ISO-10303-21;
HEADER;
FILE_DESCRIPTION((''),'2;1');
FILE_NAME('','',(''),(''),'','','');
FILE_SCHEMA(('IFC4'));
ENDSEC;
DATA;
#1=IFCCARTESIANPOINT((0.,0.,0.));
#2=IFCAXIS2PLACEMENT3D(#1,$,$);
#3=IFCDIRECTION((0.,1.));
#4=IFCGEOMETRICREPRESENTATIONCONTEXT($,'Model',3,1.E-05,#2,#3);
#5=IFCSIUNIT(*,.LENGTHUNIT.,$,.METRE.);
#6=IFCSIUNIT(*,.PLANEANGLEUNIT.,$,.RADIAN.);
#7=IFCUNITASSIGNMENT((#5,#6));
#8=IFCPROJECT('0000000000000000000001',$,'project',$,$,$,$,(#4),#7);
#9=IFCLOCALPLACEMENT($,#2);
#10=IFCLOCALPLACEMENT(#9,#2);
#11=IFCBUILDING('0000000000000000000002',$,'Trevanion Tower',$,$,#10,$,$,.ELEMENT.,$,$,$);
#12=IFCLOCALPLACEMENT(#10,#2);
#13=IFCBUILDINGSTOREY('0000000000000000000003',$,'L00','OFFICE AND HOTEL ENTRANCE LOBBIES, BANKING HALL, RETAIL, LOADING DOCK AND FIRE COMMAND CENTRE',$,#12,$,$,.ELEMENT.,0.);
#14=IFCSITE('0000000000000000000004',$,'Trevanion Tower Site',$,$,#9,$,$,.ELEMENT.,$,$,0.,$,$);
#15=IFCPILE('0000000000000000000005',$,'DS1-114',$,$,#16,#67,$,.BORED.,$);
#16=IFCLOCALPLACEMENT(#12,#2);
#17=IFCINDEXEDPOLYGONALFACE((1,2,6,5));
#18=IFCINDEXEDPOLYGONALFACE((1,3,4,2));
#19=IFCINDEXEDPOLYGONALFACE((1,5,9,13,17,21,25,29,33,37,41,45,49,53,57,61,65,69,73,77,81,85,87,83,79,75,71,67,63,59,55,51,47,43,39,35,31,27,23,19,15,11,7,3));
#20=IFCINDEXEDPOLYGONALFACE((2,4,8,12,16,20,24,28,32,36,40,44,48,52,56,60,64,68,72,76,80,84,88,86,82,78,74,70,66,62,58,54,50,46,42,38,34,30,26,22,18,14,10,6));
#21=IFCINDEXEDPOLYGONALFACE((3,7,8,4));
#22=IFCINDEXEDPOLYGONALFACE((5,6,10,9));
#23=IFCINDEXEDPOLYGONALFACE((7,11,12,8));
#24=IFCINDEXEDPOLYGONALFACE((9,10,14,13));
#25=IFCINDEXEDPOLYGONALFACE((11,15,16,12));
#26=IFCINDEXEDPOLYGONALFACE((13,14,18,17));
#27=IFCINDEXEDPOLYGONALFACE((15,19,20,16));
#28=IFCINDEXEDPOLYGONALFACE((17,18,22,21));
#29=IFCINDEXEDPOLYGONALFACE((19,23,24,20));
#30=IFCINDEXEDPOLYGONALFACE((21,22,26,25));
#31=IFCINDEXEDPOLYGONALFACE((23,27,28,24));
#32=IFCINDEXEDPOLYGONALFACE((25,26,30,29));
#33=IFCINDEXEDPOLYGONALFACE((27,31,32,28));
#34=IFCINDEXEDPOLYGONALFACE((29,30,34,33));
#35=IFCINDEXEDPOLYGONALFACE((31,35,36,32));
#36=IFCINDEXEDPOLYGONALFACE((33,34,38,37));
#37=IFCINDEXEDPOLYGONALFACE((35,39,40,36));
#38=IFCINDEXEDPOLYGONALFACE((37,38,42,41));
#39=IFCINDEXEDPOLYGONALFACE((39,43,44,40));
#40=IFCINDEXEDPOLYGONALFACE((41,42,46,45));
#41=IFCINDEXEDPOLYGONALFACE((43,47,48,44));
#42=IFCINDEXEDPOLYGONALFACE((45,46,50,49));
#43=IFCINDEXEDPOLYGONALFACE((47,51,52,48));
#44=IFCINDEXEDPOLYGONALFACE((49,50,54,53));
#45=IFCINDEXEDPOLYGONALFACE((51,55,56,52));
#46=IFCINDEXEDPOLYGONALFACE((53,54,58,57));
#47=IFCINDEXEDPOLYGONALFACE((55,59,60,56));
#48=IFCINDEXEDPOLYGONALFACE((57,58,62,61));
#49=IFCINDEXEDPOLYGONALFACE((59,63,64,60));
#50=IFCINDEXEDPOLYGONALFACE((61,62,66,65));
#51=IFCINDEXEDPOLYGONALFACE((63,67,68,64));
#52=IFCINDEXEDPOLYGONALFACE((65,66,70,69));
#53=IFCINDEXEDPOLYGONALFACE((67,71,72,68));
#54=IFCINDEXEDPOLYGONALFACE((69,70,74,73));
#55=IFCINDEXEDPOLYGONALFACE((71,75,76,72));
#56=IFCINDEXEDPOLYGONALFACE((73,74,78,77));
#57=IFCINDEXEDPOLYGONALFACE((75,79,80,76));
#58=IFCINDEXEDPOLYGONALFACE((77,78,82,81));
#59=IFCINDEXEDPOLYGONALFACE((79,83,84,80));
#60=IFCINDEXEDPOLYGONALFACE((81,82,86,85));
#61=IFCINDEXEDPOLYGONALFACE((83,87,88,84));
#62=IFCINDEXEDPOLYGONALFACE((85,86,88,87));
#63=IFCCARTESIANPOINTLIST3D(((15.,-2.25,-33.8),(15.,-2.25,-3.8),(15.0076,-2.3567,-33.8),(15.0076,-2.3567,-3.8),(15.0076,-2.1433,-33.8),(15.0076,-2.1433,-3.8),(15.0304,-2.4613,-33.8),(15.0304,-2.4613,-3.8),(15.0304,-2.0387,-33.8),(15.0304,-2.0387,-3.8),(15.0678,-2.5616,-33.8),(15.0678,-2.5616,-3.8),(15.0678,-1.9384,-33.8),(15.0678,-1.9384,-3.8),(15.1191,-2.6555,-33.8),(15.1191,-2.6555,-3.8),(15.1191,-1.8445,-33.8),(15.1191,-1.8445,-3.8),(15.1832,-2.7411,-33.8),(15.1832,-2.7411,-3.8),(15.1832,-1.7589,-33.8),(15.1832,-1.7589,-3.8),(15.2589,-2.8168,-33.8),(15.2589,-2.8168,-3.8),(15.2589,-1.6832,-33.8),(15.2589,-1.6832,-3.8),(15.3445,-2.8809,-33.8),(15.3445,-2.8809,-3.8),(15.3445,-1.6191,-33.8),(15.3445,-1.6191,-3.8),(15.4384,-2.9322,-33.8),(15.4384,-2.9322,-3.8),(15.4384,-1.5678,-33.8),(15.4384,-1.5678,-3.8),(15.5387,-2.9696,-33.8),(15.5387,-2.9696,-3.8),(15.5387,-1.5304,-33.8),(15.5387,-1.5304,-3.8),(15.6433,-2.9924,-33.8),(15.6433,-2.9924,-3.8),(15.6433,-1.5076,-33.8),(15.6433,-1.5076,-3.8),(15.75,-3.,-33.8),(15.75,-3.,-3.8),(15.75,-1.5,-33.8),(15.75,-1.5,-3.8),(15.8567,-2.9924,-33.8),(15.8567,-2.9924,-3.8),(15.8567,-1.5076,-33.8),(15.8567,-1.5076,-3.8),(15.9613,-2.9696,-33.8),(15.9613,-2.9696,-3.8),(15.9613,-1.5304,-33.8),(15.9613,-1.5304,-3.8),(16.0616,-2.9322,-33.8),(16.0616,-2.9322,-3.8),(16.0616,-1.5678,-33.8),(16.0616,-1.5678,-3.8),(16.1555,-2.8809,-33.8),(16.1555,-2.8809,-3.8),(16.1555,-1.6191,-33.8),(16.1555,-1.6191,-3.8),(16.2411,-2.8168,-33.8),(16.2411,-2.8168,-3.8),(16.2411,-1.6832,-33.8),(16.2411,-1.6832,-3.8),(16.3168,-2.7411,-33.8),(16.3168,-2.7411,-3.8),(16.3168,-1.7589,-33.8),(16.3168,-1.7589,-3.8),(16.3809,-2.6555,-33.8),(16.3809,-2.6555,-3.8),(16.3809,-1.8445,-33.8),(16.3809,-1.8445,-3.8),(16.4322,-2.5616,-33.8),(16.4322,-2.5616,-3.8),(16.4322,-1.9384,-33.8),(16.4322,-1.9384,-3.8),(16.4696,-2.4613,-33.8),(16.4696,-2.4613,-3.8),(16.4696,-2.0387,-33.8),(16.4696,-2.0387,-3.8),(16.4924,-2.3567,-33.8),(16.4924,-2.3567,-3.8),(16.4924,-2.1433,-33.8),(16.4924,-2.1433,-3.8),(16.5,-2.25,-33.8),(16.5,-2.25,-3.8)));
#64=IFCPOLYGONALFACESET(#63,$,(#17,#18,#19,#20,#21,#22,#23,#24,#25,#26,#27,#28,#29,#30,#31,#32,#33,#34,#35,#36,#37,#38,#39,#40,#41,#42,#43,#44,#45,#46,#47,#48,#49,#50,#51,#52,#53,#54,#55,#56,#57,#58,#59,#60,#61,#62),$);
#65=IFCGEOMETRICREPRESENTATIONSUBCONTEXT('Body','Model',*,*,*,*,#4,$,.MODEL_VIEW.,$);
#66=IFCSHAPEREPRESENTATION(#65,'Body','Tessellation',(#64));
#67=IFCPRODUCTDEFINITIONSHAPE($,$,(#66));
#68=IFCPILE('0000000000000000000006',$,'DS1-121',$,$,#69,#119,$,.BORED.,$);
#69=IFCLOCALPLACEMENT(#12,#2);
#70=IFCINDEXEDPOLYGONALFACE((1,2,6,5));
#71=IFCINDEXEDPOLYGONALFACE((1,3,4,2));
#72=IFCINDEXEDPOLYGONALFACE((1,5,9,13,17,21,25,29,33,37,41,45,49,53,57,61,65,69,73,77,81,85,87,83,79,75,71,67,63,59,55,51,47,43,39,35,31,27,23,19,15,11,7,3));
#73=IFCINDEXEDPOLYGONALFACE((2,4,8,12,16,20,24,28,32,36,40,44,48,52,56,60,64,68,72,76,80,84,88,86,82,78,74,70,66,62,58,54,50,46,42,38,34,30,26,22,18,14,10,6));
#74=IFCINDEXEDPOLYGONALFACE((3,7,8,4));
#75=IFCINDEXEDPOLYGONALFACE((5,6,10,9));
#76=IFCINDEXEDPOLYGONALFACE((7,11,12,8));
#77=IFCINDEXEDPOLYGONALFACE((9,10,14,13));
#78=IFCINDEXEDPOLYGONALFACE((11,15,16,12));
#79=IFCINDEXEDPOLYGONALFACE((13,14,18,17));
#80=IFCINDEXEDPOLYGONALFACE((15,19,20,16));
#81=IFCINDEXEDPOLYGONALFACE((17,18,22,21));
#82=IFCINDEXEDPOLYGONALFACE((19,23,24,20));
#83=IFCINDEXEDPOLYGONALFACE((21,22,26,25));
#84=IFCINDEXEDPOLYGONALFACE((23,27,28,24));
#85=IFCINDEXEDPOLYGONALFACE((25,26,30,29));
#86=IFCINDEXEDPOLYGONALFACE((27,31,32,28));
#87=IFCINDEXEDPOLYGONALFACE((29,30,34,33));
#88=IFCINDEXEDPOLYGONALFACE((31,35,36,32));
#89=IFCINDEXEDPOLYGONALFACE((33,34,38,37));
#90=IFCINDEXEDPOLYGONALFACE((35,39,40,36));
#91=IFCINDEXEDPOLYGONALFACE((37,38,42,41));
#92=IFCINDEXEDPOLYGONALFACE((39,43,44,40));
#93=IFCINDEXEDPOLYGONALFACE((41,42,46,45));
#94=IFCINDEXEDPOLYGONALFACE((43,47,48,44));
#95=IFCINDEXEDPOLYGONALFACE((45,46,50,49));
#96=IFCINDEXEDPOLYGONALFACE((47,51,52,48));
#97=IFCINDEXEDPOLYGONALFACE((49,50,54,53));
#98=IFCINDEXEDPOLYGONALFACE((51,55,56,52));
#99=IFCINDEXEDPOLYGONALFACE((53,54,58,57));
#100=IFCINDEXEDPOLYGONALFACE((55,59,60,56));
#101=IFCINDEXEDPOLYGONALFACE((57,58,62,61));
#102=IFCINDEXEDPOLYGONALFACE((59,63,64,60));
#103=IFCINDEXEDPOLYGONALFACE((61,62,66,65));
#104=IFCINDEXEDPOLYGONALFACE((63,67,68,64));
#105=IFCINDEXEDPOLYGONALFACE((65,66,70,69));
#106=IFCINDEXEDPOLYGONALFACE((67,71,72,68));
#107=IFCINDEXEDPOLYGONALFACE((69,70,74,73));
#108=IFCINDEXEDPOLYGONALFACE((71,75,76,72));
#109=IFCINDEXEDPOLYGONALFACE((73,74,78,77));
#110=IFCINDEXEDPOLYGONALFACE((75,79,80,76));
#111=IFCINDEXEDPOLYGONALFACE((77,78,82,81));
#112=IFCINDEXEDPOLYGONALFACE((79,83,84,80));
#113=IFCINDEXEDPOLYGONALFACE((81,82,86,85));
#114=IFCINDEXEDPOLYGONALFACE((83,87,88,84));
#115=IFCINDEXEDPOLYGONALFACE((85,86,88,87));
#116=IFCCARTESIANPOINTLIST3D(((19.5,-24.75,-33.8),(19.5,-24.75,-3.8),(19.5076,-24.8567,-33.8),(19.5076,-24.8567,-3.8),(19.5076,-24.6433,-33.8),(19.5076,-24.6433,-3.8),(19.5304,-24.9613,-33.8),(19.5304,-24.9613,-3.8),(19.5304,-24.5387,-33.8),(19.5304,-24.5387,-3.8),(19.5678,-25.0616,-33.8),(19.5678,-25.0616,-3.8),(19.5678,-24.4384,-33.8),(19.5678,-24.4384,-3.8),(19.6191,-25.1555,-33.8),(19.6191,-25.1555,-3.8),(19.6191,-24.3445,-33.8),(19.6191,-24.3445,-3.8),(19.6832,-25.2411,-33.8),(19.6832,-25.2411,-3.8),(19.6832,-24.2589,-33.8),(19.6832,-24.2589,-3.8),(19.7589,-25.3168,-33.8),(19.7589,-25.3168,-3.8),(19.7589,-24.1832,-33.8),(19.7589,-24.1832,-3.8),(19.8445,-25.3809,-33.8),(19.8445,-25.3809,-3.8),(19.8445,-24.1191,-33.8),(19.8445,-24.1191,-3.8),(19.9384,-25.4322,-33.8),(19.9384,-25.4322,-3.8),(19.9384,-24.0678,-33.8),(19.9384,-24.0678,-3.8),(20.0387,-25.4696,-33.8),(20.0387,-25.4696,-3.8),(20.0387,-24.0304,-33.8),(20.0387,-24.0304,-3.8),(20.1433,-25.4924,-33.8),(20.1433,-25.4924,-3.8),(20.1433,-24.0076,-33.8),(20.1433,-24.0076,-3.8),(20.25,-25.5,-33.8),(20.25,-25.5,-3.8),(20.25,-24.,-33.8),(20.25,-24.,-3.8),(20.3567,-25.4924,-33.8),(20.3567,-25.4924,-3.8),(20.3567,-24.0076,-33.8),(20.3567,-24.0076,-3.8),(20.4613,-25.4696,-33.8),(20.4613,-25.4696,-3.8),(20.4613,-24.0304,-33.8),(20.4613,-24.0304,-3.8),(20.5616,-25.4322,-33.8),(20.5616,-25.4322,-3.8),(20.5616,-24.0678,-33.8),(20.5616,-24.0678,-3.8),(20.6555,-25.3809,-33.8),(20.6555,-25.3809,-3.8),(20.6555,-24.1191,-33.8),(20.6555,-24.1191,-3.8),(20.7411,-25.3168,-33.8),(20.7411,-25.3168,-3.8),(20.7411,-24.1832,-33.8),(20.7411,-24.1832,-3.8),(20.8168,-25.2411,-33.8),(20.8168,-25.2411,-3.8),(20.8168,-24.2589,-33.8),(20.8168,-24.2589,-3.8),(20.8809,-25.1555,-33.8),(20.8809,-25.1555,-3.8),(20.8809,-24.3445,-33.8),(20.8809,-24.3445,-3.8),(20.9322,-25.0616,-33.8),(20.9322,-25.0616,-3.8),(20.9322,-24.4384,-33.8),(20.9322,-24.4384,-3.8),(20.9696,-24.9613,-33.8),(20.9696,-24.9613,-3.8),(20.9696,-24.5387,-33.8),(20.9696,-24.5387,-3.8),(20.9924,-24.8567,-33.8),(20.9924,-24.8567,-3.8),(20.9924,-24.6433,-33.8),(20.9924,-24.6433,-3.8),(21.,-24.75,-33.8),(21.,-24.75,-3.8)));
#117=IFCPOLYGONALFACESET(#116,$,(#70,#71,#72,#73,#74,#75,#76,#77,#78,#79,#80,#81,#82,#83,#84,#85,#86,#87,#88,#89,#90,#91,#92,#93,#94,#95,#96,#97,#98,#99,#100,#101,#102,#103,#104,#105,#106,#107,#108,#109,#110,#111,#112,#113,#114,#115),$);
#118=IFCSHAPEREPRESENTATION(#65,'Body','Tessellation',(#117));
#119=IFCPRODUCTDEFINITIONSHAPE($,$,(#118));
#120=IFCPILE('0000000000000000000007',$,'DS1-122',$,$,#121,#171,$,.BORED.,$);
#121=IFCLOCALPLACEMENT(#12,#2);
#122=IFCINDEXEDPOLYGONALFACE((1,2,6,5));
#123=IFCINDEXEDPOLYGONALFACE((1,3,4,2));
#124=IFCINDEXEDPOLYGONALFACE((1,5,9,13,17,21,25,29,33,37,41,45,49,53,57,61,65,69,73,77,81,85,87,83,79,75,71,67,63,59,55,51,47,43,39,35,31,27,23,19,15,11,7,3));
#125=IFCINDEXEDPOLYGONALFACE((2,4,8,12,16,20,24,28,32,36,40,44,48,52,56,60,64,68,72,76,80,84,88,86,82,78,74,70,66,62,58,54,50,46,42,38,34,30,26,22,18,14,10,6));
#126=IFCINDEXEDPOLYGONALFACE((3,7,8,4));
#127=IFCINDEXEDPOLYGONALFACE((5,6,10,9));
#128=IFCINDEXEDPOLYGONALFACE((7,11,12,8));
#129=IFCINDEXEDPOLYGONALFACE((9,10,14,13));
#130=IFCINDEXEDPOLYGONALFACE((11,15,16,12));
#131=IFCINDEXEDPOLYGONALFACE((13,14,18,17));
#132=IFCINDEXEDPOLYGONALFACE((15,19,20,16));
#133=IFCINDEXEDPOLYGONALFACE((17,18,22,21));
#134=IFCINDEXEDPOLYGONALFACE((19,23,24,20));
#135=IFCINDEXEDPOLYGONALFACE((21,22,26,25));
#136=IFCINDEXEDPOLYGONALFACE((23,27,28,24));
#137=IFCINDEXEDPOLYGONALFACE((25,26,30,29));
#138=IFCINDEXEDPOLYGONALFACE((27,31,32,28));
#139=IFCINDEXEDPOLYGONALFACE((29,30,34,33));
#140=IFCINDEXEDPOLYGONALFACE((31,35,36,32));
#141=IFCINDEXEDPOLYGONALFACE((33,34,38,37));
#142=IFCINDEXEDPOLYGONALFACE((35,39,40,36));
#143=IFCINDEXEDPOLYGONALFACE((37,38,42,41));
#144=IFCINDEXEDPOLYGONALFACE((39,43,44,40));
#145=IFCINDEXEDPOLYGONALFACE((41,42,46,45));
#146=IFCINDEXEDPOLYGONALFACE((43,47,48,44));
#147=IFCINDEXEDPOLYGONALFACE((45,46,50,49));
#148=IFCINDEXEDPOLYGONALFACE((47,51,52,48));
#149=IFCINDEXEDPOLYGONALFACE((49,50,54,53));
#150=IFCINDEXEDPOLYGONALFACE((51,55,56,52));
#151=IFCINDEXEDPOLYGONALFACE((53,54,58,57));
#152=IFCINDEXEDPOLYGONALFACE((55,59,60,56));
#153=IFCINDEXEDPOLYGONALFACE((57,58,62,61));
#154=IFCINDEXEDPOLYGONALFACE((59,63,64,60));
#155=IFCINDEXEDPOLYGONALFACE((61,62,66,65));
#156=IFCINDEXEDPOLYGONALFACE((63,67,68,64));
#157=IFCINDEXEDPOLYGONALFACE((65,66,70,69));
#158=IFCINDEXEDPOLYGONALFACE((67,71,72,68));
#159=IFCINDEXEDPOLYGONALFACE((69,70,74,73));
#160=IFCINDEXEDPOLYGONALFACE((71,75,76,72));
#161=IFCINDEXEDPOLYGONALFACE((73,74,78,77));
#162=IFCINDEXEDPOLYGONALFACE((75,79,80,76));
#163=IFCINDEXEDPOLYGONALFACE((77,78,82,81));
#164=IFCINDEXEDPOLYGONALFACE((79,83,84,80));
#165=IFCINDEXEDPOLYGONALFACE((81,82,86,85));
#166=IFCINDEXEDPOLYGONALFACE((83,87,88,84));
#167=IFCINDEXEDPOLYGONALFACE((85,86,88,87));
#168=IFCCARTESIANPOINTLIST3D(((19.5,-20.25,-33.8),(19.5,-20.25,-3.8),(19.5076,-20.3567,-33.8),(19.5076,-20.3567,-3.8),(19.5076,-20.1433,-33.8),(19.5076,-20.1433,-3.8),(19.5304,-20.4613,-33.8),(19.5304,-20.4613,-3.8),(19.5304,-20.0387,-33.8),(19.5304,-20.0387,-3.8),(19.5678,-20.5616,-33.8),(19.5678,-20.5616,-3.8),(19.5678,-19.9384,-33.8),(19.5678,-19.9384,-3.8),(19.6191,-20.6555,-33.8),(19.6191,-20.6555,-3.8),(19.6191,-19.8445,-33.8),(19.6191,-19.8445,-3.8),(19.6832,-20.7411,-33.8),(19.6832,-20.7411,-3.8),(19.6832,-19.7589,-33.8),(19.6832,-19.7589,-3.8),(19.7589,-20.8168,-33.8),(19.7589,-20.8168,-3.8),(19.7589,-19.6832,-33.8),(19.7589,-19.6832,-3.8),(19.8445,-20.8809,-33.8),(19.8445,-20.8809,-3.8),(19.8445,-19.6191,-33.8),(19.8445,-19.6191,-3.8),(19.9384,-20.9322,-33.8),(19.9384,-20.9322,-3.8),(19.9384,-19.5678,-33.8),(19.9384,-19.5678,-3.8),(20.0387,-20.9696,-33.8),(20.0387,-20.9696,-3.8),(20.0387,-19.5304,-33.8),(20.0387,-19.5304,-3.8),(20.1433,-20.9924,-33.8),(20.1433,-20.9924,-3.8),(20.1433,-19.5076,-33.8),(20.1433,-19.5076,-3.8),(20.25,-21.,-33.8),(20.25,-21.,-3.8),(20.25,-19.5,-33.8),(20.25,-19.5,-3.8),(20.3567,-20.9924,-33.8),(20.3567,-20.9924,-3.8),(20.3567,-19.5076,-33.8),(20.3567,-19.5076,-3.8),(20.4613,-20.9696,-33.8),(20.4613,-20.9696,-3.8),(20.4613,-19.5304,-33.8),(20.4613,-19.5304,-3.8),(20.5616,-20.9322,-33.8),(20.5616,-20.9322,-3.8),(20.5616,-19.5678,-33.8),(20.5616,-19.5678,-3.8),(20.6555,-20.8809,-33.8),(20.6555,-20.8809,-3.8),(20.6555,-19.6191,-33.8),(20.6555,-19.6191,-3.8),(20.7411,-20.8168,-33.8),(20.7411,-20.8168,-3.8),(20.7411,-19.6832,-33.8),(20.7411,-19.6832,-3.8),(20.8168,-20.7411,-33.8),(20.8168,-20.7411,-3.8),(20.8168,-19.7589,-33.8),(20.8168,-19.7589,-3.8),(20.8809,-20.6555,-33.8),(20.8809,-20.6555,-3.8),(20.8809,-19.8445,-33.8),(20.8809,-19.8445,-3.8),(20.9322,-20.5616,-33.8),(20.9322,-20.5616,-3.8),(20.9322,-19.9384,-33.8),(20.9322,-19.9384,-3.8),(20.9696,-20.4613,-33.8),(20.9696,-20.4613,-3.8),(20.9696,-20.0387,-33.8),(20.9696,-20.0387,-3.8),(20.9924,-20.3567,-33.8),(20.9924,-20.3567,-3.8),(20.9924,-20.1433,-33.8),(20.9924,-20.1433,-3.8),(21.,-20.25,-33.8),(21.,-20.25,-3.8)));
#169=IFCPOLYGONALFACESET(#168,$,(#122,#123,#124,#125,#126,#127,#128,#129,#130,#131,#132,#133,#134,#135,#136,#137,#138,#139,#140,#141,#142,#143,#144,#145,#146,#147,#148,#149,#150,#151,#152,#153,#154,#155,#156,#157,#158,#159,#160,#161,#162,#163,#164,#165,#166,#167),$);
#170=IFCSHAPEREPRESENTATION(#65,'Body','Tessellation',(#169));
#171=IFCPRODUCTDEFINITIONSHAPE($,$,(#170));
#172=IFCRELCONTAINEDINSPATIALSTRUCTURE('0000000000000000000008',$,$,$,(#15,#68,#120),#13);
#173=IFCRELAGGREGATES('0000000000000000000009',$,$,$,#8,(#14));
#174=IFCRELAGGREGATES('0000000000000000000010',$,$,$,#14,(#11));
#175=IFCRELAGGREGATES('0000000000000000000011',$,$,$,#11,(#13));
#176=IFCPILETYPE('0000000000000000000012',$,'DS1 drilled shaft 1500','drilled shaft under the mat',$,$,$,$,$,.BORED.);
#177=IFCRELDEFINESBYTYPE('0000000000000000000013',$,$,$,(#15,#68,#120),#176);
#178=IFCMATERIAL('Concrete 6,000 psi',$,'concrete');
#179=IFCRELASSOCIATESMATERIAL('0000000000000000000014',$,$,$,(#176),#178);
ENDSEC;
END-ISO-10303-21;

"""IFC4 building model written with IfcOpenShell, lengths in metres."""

from ifc_helpers import new_model, si_unit, direction, frame, origin, origin_2d, place, context, subcontext, project, spatial, circle, extrude, material, material_profile, profile_set, type_object, element, save


model = new_model("IFC4")

# Units and contexts
model_context = context("Model", 3, precision=1e-05, world=origin(), true_north=direction((0.0, 1.0)))
body_context = subcontext(model_context, "Body", "Model", "MODEL_VIEW")
ifc_project = project(units=[si_unit("LENGTHUNIT", "METRE"), si_unit("PLANEANGLEUNIT", "RADIAN")], contexts=[model_context])

# Site, building, storey
site_placement = place(None, origin())
site = spatial("IfcSite", under=ifc_project, at=site_placement, Name="Trevanion Tower Site", CompositionType="ELEMENT", RefElevation=0.0)
building_placement = place(site_placement, origin())
building = spatial("IfcBuilding", under=site, at=building_placement, Name="Trevanion Tower", CompositionType="ELEMENT")
storey_placement = place(building_placement, origin())
storey = spatial("IfcBuildingStorey", under=building, at=storey_placement, Name="L00", Description="OFFICE AND HOTEL ENTRANCE LOBBIES, BANKING HALL, RETAIL, LOADING DOCK AND FIRE COMMAND CENTRE", CompositionType="ELEMENT", Elevation=0.0)

# Piles
ifc_material_1 = material(Name="Concrete 6,000 psi", Category="concrete")
ifc_material_profile_1 = material_profile(ifc_material_1, circle(Radius=0.75, at=origin_2d()), Name="DS1 drilled shaft 1500")
ifc_profile_set_1 = profile_set([ifc_material_profile_1], Name="Concrete 6,000 psi")
pile_type_1 = type_object("IfcPileType", Name="DS1 drilled shaft 1500", Description="drilled shaft under the mat", PredefinedType="BORED", material=ifc_profile_set_1)
for number, where, z_axis, x_axis, name in (
    (1, (15.75, -2.25, -3.8), (0.0, 0.0, -1.0), (1.0, 0.0, 0.0), "DS1-114"),
    (2, (20.25, -24.75, -3.8), (0.0, 0.0, -1.0), (1.0, 0.0, 0.0), "DS1-121"),
    (3, (20.25, -20.25, -3.8), (0.0, 0.0, -1.0), (1.0, 0.0, 0.0), "DS1-122"),
):
    element("IfcPile", number, at=place(storey_placement, frame(where, z_axis=z_axis, x_axis=x_axis)), inside=storey, type_object=pile_type_1, Name=name, PredefinedType="BORED", context=body_context, shape_type="SweptSolid", body=[
        extrude(circle(Radius=0.75, at=origin_2d()), origin(), (0.0, 0.0, 1.0), 30.0),
    ])

save(model, "model.ifc")
